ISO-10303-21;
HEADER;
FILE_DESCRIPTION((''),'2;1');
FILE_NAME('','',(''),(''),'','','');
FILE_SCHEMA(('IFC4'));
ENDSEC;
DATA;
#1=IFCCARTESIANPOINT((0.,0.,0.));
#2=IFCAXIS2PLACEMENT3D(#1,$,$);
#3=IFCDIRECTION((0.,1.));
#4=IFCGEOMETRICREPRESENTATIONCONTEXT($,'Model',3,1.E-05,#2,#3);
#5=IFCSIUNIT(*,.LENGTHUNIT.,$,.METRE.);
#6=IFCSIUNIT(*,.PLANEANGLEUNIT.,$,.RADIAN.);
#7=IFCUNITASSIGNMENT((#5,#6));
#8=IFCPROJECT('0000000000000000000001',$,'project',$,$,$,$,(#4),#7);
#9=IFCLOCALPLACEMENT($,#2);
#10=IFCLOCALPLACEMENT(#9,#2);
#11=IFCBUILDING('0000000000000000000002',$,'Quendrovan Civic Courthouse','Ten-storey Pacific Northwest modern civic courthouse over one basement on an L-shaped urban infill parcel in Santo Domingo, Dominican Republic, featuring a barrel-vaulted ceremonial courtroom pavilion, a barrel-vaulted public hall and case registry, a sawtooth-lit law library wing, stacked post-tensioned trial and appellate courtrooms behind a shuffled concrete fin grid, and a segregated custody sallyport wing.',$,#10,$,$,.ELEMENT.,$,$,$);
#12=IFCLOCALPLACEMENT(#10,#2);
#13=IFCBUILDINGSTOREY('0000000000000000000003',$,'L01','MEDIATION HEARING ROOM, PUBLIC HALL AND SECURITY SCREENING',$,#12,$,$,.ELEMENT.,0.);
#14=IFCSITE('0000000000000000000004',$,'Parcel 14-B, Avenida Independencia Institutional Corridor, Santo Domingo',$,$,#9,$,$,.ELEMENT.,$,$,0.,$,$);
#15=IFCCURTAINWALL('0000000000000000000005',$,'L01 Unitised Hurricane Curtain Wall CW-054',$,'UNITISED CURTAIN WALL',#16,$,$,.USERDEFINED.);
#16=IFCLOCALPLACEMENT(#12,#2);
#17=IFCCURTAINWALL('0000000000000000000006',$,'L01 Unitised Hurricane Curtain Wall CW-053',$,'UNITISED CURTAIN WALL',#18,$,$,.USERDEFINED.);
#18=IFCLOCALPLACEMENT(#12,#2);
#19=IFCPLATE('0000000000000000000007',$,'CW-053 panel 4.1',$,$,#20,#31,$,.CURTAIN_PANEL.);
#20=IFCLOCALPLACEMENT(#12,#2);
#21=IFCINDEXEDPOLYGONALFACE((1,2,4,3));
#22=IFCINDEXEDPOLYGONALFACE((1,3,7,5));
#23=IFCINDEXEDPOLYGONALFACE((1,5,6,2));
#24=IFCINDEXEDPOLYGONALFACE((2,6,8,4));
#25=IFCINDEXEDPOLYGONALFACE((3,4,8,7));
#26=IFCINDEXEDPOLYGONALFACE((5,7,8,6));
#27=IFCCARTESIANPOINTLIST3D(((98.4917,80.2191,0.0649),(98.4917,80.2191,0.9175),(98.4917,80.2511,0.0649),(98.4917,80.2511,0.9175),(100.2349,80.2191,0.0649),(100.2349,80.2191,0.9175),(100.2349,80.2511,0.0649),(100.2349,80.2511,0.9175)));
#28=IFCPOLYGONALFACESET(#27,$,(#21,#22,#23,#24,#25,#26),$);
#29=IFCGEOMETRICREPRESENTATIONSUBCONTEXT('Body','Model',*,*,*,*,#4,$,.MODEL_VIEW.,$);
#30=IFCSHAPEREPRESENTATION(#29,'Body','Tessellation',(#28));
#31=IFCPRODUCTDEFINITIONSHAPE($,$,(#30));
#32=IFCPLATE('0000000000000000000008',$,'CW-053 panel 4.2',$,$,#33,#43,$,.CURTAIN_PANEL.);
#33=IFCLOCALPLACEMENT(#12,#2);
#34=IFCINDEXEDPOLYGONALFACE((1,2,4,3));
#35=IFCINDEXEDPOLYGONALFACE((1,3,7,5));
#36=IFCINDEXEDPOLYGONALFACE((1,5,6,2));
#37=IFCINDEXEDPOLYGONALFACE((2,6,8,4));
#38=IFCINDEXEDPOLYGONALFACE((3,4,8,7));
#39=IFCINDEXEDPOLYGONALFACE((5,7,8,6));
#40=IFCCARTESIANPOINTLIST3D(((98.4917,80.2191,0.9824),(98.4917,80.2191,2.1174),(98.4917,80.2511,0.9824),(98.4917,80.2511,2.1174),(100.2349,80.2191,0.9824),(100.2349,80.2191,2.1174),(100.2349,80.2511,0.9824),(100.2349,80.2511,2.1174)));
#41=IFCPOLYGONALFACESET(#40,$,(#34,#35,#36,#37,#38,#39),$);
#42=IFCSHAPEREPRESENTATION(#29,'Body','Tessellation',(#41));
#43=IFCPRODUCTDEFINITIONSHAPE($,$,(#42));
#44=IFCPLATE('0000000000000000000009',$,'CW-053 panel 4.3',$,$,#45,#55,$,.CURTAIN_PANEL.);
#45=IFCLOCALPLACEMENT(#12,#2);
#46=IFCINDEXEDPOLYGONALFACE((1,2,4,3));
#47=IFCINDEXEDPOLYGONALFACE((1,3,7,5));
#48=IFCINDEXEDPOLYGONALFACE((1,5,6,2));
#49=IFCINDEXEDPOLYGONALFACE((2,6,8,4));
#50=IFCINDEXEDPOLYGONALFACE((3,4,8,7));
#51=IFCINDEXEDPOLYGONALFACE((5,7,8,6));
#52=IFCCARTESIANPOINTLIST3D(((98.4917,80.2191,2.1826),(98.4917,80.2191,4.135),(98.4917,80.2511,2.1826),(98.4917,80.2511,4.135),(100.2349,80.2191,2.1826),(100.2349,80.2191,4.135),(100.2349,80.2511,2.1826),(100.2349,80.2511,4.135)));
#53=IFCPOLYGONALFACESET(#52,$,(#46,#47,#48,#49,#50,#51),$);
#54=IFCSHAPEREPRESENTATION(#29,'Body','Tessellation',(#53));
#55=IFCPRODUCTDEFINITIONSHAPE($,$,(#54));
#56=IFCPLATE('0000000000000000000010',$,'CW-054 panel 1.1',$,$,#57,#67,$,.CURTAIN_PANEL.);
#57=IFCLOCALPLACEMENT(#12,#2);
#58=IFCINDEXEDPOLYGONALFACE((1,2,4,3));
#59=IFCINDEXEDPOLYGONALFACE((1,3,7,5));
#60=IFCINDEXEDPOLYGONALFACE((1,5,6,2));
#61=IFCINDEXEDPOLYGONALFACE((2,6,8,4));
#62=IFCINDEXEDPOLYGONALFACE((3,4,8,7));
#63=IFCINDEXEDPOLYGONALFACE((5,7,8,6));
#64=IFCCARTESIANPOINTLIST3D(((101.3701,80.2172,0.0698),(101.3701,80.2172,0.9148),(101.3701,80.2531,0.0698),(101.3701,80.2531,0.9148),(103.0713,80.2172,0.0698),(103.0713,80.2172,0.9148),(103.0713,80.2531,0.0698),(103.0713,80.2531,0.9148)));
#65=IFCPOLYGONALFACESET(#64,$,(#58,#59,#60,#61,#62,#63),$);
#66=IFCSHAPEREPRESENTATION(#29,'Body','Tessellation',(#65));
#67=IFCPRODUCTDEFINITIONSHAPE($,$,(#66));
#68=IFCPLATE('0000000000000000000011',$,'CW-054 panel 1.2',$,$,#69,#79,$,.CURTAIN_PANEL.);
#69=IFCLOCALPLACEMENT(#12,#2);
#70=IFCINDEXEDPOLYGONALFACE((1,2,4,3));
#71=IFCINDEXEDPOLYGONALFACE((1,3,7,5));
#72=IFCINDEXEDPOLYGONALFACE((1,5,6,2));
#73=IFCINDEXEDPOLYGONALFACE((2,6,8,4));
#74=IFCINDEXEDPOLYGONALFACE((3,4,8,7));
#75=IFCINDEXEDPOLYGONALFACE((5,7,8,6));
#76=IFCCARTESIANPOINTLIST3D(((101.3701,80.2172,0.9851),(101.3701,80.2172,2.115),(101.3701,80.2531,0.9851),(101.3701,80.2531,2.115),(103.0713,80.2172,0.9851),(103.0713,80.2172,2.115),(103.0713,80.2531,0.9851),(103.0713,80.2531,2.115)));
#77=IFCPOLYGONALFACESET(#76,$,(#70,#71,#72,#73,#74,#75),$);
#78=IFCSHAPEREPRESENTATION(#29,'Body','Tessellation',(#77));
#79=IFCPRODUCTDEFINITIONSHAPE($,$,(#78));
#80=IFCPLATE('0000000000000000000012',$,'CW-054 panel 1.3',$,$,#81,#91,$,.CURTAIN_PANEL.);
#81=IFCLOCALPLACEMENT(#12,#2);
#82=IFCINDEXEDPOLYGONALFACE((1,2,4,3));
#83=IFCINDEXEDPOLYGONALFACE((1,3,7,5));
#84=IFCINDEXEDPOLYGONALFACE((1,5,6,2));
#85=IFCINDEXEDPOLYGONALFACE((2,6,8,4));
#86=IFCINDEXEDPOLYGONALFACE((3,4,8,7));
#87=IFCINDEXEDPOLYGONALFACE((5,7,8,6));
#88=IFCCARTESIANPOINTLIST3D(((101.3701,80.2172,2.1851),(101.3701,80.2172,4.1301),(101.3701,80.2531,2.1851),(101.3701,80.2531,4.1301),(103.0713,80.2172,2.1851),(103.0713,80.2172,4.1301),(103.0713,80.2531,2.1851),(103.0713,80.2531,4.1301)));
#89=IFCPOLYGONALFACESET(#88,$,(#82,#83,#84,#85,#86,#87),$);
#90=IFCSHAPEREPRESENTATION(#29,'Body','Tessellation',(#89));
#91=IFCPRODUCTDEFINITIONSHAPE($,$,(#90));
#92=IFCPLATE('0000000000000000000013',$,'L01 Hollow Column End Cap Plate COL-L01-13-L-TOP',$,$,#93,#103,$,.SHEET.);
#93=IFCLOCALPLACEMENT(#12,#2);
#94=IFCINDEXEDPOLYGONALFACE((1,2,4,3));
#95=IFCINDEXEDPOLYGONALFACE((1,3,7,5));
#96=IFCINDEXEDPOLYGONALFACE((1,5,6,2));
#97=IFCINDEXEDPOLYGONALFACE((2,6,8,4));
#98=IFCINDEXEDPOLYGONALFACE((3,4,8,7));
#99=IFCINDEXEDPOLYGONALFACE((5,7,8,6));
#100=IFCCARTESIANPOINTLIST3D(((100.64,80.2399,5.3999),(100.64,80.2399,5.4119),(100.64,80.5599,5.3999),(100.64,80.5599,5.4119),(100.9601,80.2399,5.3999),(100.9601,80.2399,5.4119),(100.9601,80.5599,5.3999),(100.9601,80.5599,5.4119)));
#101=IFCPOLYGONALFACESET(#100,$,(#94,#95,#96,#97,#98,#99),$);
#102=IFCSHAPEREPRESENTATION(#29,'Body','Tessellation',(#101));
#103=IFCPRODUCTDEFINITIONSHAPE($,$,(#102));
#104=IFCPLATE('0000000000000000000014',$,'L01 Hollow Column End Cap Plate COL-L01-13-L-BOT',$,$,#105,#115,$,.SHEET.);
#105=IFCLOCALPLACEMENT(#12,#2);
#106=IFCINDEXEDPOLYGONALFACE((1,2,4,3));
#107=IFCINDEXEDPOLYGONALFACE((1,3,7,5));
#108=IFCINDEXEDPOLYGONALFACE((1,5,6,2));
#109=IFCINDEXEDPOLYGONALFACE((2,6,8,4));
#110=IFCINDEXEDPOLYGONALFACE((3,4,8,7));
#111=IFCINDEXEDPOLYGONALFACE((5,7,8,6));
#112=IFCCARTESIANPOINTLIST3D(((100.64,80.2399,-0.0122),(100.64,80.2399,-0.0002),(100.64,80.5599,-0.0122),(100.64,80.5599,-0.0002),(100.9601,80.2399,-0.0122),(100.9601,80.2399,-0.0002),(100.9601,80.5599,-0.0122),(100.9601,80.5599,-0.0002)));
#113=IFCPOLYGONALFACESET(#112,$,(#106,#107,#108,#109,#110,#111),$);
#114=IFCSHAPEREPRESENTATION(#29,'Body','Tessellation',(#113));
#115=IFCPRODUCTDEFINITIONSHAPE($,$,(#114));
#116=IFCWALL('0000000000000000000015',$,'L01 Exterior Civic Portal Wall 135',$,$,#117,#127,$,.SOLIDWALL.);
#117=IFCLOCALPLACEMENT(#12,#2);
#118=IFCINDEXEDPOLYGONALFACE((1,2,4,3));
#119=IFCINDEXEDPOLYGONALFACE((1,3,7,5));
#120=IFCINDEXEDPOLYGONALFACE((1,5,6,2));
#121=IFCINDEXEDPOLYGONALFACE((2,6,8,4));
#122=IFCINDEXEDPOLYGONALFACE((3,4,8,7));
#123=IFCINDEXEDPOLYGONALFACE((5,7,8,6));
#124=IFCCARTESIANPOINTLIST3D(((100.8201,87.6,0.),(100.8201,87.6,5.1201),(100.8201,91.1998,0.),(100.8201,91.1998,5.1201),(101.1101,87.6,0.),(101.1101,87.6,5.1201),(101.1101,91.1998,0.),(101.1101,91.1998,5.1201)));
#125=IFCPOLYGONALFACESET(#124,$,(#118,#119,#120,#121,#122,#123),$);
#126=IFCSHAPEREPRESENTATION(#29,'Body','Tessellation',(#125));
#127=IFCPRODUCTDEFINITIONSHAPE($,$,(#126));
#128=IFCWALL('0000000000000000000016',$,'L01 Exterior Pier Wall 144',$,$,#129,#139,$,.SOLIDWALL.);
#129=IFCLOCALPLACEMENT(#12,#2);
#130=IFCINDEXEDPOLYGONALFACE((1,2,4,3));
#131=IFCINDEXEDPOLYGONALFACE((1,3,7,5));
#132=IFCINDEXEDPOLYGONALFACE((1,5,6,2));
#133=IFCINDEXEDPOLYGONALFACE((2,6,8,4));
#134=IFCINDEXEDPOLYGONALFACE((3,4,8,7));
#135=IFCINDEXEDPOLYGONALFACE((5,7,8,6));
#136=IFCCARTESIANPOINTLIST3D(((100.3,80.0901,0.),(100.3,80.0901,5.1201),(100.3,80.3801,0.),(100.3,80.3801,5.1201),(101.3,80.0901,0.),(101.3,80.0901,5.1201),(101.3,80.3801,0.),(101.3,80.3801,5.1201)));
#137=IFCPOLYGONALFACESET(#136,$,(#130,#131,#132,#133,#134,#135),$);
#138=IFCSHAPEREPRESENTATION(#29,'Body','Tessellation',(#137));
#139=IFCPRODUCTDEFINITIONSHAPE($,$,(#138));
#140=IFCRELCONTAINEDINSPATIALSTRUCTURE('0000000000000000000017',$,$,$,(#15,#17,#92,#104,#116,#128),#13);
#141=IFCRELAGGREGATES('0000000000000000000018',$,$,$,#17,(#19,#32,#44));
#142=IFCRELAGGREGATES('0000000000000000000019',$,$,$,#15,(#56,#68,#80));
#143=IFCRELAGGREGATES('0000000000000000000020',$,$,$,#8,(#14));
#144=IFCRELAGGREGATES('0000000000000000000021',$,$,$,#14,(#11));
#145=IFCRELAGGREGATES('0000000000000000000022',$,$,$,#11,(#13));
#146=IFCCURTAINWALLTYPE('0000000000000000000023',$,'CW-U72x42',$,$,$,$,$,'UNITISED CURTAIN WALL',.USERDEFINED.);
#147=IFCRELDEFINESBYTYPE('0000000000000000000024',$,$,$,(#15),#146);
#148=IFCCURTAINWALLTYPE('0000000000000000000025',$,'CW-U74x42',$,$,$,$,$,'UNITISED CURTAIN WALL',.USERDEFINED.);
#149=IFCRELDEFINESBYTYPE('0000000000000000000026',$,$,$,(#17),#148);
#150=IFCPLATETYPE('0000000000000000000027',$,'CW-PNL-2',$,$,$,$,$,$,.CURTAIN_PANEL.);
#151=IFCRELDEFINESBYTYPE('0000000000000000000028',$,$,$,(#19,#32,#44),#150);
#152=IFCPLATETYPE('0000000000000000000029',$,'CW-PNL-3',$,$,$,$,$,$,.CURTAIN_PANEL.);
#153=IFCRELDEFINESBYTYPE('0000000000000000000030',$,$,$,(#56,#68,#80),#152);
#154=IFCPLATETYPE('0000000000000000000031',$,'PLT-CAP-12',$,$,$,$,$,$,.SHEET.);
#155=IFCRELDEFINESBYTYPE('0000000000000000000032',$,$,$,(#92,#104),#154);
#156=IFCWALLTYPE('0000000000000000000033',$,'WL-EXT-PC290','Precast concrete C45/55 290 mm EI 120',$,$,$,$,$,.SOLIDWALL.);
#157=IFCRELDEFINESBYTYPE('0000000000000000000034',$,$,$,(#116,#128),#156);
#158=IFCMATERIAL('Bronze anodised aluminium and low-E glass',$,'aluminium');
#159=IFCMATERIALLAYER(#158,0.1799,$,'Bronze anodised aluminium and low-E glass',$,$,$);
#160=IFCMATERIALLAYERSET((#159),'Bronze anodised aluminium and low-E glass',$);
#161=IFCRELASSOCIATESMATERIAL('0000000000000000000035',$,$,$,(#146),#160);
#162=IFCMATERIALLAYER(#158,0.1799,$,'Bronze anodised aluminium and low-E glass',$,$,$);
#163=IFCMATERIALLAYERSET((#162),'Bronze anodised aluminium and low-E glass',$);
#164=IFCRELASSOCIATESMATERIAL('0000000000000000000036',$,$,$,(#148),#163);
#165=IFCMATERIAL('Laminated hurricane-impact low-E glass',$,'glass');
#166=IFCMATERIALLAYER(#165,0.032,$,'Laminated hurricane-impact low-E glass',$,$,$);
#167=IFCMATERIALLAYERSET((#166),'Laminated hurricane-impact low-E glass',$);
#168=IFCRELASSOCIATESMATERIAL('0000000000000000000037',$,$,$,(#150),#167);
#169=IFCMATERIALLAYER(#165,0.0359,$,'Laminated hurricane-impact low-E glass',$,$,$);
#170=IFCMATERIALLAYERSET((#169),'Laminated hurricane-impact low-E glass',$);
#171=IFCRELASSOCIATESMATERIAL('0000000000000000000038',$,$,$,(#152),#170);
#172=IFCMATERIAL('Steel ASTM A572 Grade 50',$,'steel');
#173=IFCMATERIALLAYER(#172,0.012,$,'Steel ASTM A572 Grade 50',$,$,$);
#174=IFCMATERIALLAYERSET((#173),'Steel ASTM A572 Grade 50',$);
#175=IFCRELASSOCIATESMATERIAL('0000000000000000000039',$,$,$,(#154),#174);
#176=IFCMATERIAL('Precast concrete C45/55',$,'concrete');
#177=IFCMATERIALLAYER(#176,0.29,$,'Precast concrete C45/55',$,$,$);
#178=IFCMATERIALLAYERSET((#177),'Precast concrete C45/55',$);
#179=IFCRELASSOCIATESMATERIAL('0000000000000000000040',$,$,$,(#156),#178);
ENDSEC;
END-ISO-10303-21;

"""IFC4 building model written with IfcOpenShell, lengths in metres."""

from ifc_helpers import new_model, si_unit, direction, frame, frame_2d, origin, origin_2d, place, context, subcontext, project, spatial, rectangle, extrude, material, layer, layer_set, type_object, element, aggregate, save


model = new_model("IFC4")

# Units and contexts
model_context = context("Model", 3, precision=1e-05, world=origin(), true_north=direction((0.0, 1.0)))
body_context = subcontext(model_context, "Body", "Model", "MODEL_VIEW")
ifc_project = project(units=[si_unit("LENGTHUNIT", "METRE"), si_unit("PLANEANGLEUNIT", "RADIAN")], contexts=[model_context])

# Site, building, storey
site_placement = place(None, origin())
site = spatial("IfcSite", under=ifc_project, at=site_placement, Name="Parcel 14-B, Avenida Independencia Institutional Corridor, Santo Domingo", CompositionType="ELEMENT", RefElevation=0.0)
building_placement = place(site_placement, origin())
building = spatial("IfcBuilding", under=site, at=building_placement, Name="Quendrovan Civic Courthouse", Description="Ten-storey Pacific Northwest modern civic courthouse over one basement on an L-shaped urban infill parcel in Santo Domingo, Dominican Republic, featuring a barrel-vaulted ceremonial courtroom pavilion, a barrel-vaulted public hall and case registry, a sawtooth-lit law library wing, stacked post-tensioned trial and appellate courtrooms behind a shuffled concrete fin grid, and a segregated custody sallyport wing.", CompositionType="ELEMENT")
storey_placement = place(building_placement, origin())
storey = spatial("IfcBuildingStorey", under=building, at=storey_placement, Name="L01", Description="MEDIATION HEARING ROOM, PUBLIC HALL AND SECURITY SCREENING", CompositionType="ELEMENT", Elevation=0.0)

# Curtain walls
ifc_material_1 = material(Name="Bronze anodised aluminium and low-E glass", Category="aluminium")
ifc_layer_1 = layer(ifc_material_1, 0.1799, Name="Bronze anodised aluminium and low-E glass")
ifc_layer_set_1 = layer_set([ifc_layer_1], Name="Bronze anodised aluminium and low-E glass")
curtain_wall_type_1 = type_object("IfcCurtainWallType", Name="CW-U72x42", ElementType="UNITISED CURTAIN WALL", PredefinedType="USERDEFINED", material=ifc_layer_set_1)
curtain_wall_1_placement = place(storey_placement, origin())
curtain_wall_1 = element("IfcCurtainWall", 1, at=curtain_wall_1_placement, inside=storey, type_object=curtain_wall_type_1, Name="L01 Unitised Hurricane Curtain Wall CW-054", ObjectType="UNITISED CURTAIN WALL", PredefinedType="USERDEFINED")
ifc_layer_2 = layer(ifc_material_1, 0.1799, Name="Bronze anodised aluminium and low-E glass")
ifc_layer_set_2 = layer_set([ifc_layer_2], Name="Bronze anodised aluminium and low-E glass")
curtain_wall_type_2 = type_object("IfcCurtainWallType", Name="CW-U74x42", ElementType="UNITISED CURTAIN WALL", PredefinedType="USERDEFINED", material=ifc_layer_set_2)
curtain_wall_2_placement = place(storey_placement, origin())
curtain_wall_2 = element("IfcCurtainWall", 2, at=curtain_wall_2_placement, inside=storey, type_object=curtain_wall_type_2, Name="L01 Unitised Hurricane Curtain Wall CW-053", ObjectType="UNITISED CURTAIN WALL", PredefinedType="USERDEFINED")

# Plates
ifc_material_2 = material(Name="Laminated hurricane-impact low-E glass", Category="glass")
ifc_layer_3 = layer(ifc_material_2, 0.032, Name="Laminated hurricane-impact low-E glass")
ifc_layer_set_3 = layer_set([ifc_layer_3], Name="Laminated hurricane-impact low-E glass")
plate_type_1 = type_object("IfcPlateType", Name="CW-PNL-2", PredefinedType="CURTAIN_PANEL", material=ifc_layer_set_3)
plate_1_placement = place(storey_placement, frame((99.3633, 80.2351, 0.0649), z_axis=(0.0, 0.0, 1.0), x_axis=(1.0, 0.0, 0.0)))
plate_1 = element("IfcPlate", 3, at=plate_1_placement, type_object=plate_type_1, Name="CW-053 panel 4.1", PredefinedType="CURTAIN_PANEL", context=body_context, shape_type="SweptSolid", body=[
    extrude(rectangle(XDim=1.7432, YDim=0.032, at=origin_2d()), origin(), (0.0, 0.0, 1.0), 0.8525),
])
plate_2_placement = place(storey_placement, frame((99.3633, 80.2351, 0.9824), z_axis=(0.0, 0.0, 1.0), x_axis=(1.0, 0.0, 0.0)))
plate_2 = element("IfcPlate", 4, at=plate_2_placement, type_object=plate_type_1, Name="CW-053 panel 4.2", PredefinedType="CURTAIN_PANEL", context=body_context, shape_type="SweptSolid", body=[
    extrude(rectangle(XDim=1.7432, YDim=0.032, at=origin_2d()), origin(), (0.0, 0.0, 1.0), 1.135),
])
plate_3_placement = place(storey_placement, frame((99.3633, 80.2351, 2.1826), z_axis=(0.0, 0.0, 1.0), x_axis=(1.0, 0.0, 0.0)))
plate_3 = element("IfcPlate", 5, at=plate_3_placement, type_object=plate_type_1, Name="CW-053 panel 4.3", PredefinedType="CURTAIN_PANEL", context=body_context, shape_type="SweptSolid", body=[
    extrude(rectangle(XDim=1.7432, YDim=0.032, at=origin_2d()), origin(), (0.0, 0.0, 1.0), 1.9524),
])
aggregate(curtain_wall_2, [plate_1, plate_2, plate_3])
ifc_layer_4 = layer(ifc_material_2, 0.0359, Name="Laminated hurricane-impact low-E glass")
ifc_layer_set_4 = layer_set([ifc_layer_4], Name="Laminated hurricane-impact low-E glass")
plate_type_2 = type_object("IfcPlateType", Name="CW-PNL-3", PredefinedType="CURTAIN_PANEL", material=ifc_layer_set_4)
plate_4_placement = place(storey_placement, frame((102.2207, 80.2351, 0.0698), z_axis=(0.0, 0.0, 1.0), x_axis=(1.0, 0.0, 0.0)))
plate_4 = element("IfcPlate", 6, at=plate_4_placement, type_object=plate_type_2, Name="CW-054 panel 1.1", PredefinedType="CURTAIN_PANEL", context=body_context, shape_type="SweptSolid", body=[
    extrude(rectangle(XDim=1.7012, YDim=0.0359, at=origin_2d()), origin(), (0.0, 0.0, 1.0), 0.845),
])
plate_5_placement = place(storey_placement, frame((102.2207, 80.2351, 0.9851), z_axis=(0.0, 0.0, 1.0), x_axis=(1.0, 0.0, 0.0)))
plate_5 = element("IfcPlate", 7, at=plate_5_placement, type_object=plate_type_2, Name="CW-054 panel 1.2", PredefinedType="CURTAIN_PANEL", context=body_context, shape_type="SweptSolid", body=[
    extrude(rectangle(XDim=1.7012, YDim=0.0359, at=origin_2d()), origin(), (0.0, 0.0, 1.0), 1.1299),
])
plate_6_placement = place(storey_placement, frame((102.2207, 80.2351, 2.1851), z_axis=(0.0, 0.0, 1.0), x_axis=(1.0, 0.0, 0.0)))
plate_6 = element("IfcPlate", 8, at=plate_6_placement, type_object=plate_type_2, Name="CW-054 panel 1.3", PredefinedType="CURTAIN_PANEL", context=body_context, shape_type="SweptSolid", body=[
    extrude(rectangle(XDim=1.7012, YDim=0.0359, at=origin_2d()), origin(), (0.0, 0.0, 1.0), 1.9451),
])
aggregate(curtain_wall_1, [plate_4, plate_5, plate_6])

# Plates
ifc_material_3 = material(Name="Steel ASTM A572 Grade 50", Category="steel")
ifc_layer_5 = layer(ifc_material_3, 0.012, Name="Steel ASTM A572 Grade 50")
ifc_layer_set_5 = layer_set([ifc_layer_5], Name="Steel ASTM A572 Grade 50")
plate_type_3 = type_object("IfcPlateType", Name="PLT-CAP-12", PredefinedType="SHEET", material=ifc_layer_set_5)
for number, where, z_axis, x_axis, name in (
    (9, (100.8, 80.3999, 5.3999), (0.0, 0.0, 1.0), (1.0, 0.0, 0.0), "L01 Hollow Column End Cap Plate COL-L01-13-L-TOP"),
    (10, (100.8, 80.3999, -0.0122), (0.0, 0.0, 1.0), (1.0, 0.0, 0.0), "L01 Hollow Column End Cap Plate COL-L01-13-L-BOT"),
):
    element("IfcPlate", number, at=place(storey_placement, frame(where, z_axis=z_axis, x_axis=x_axis)), inside=storey, type_object=plate_type_3, Name=name, PredefinedType="SHEET", context=body_context, shape_type="SweptSolid", body=[
        extrude(rectangle(XDim=0.3201, YDim=0.3201, at=origin_2d()), origin(), (0.0, 0.0, 1.0), 0.012),
    ])

# Walls
ifc_material_4 = material(Name="Precast concrete C45/55", Category="concrete")
ifc_layer_6 = layer(ifc_material_4, 0.29, Name="Precast concrete C45/55")
ifc_layer_set_6 = layer_set([ifc_layer_6], Name="Precast concrete C45/55")
wall_type = type_object("IfcWallType", Name="WL-EXT-PC290", Description="Precast concrete C45/55 290 mm EI 120", PredefinedType="SOLIDWALL", material=ifc_layer_set_6)
wall_1_placement = place(storey_placement, frame((100.9651, 87.6001, 0.0), z_axis=(0.0, 0.0, 1.0), x_axis=(0.0, 1.0, 0.0)))
element("IfcWall", 11, at=wall_1_placement, inside=storey, type_object=wall_type, Name="L01 Exterior Civic Portal Wall 135", PredefinedType="SOLIDWALL", context=body_context, shape_type="SweptSolid", body=[
    extrude(rectangle(XDim=3.5999, YDim=0.29, at=frame_2d((1.7998, 0.0))), origin(), (0.0, 0.0, 1.0), 5.1201),
])
wall_2_placement = place(storey_placement, frame((100.3, 80.2351, 0.0), z_axis=(0.0, 0.0, 1.0), x_axis=(1.0, 0.0, 0.0)))
element("IfcWall", 12, at=wall_2_placement, inside=storey, type_object=wall_type, Name="L01 Exterior Pier Wall 144", PredefinedType="SOLIDWALL", context=body_context, shape_type="SweptSolid", body=[
    extrude(rectangle(XDim=1.0, YDim=0.29, at=frame_2d((0.5, 0.0))), origin(), (0.0, 0.0, 1.0), 5.1201),
])

save(model, "model.ifc")
